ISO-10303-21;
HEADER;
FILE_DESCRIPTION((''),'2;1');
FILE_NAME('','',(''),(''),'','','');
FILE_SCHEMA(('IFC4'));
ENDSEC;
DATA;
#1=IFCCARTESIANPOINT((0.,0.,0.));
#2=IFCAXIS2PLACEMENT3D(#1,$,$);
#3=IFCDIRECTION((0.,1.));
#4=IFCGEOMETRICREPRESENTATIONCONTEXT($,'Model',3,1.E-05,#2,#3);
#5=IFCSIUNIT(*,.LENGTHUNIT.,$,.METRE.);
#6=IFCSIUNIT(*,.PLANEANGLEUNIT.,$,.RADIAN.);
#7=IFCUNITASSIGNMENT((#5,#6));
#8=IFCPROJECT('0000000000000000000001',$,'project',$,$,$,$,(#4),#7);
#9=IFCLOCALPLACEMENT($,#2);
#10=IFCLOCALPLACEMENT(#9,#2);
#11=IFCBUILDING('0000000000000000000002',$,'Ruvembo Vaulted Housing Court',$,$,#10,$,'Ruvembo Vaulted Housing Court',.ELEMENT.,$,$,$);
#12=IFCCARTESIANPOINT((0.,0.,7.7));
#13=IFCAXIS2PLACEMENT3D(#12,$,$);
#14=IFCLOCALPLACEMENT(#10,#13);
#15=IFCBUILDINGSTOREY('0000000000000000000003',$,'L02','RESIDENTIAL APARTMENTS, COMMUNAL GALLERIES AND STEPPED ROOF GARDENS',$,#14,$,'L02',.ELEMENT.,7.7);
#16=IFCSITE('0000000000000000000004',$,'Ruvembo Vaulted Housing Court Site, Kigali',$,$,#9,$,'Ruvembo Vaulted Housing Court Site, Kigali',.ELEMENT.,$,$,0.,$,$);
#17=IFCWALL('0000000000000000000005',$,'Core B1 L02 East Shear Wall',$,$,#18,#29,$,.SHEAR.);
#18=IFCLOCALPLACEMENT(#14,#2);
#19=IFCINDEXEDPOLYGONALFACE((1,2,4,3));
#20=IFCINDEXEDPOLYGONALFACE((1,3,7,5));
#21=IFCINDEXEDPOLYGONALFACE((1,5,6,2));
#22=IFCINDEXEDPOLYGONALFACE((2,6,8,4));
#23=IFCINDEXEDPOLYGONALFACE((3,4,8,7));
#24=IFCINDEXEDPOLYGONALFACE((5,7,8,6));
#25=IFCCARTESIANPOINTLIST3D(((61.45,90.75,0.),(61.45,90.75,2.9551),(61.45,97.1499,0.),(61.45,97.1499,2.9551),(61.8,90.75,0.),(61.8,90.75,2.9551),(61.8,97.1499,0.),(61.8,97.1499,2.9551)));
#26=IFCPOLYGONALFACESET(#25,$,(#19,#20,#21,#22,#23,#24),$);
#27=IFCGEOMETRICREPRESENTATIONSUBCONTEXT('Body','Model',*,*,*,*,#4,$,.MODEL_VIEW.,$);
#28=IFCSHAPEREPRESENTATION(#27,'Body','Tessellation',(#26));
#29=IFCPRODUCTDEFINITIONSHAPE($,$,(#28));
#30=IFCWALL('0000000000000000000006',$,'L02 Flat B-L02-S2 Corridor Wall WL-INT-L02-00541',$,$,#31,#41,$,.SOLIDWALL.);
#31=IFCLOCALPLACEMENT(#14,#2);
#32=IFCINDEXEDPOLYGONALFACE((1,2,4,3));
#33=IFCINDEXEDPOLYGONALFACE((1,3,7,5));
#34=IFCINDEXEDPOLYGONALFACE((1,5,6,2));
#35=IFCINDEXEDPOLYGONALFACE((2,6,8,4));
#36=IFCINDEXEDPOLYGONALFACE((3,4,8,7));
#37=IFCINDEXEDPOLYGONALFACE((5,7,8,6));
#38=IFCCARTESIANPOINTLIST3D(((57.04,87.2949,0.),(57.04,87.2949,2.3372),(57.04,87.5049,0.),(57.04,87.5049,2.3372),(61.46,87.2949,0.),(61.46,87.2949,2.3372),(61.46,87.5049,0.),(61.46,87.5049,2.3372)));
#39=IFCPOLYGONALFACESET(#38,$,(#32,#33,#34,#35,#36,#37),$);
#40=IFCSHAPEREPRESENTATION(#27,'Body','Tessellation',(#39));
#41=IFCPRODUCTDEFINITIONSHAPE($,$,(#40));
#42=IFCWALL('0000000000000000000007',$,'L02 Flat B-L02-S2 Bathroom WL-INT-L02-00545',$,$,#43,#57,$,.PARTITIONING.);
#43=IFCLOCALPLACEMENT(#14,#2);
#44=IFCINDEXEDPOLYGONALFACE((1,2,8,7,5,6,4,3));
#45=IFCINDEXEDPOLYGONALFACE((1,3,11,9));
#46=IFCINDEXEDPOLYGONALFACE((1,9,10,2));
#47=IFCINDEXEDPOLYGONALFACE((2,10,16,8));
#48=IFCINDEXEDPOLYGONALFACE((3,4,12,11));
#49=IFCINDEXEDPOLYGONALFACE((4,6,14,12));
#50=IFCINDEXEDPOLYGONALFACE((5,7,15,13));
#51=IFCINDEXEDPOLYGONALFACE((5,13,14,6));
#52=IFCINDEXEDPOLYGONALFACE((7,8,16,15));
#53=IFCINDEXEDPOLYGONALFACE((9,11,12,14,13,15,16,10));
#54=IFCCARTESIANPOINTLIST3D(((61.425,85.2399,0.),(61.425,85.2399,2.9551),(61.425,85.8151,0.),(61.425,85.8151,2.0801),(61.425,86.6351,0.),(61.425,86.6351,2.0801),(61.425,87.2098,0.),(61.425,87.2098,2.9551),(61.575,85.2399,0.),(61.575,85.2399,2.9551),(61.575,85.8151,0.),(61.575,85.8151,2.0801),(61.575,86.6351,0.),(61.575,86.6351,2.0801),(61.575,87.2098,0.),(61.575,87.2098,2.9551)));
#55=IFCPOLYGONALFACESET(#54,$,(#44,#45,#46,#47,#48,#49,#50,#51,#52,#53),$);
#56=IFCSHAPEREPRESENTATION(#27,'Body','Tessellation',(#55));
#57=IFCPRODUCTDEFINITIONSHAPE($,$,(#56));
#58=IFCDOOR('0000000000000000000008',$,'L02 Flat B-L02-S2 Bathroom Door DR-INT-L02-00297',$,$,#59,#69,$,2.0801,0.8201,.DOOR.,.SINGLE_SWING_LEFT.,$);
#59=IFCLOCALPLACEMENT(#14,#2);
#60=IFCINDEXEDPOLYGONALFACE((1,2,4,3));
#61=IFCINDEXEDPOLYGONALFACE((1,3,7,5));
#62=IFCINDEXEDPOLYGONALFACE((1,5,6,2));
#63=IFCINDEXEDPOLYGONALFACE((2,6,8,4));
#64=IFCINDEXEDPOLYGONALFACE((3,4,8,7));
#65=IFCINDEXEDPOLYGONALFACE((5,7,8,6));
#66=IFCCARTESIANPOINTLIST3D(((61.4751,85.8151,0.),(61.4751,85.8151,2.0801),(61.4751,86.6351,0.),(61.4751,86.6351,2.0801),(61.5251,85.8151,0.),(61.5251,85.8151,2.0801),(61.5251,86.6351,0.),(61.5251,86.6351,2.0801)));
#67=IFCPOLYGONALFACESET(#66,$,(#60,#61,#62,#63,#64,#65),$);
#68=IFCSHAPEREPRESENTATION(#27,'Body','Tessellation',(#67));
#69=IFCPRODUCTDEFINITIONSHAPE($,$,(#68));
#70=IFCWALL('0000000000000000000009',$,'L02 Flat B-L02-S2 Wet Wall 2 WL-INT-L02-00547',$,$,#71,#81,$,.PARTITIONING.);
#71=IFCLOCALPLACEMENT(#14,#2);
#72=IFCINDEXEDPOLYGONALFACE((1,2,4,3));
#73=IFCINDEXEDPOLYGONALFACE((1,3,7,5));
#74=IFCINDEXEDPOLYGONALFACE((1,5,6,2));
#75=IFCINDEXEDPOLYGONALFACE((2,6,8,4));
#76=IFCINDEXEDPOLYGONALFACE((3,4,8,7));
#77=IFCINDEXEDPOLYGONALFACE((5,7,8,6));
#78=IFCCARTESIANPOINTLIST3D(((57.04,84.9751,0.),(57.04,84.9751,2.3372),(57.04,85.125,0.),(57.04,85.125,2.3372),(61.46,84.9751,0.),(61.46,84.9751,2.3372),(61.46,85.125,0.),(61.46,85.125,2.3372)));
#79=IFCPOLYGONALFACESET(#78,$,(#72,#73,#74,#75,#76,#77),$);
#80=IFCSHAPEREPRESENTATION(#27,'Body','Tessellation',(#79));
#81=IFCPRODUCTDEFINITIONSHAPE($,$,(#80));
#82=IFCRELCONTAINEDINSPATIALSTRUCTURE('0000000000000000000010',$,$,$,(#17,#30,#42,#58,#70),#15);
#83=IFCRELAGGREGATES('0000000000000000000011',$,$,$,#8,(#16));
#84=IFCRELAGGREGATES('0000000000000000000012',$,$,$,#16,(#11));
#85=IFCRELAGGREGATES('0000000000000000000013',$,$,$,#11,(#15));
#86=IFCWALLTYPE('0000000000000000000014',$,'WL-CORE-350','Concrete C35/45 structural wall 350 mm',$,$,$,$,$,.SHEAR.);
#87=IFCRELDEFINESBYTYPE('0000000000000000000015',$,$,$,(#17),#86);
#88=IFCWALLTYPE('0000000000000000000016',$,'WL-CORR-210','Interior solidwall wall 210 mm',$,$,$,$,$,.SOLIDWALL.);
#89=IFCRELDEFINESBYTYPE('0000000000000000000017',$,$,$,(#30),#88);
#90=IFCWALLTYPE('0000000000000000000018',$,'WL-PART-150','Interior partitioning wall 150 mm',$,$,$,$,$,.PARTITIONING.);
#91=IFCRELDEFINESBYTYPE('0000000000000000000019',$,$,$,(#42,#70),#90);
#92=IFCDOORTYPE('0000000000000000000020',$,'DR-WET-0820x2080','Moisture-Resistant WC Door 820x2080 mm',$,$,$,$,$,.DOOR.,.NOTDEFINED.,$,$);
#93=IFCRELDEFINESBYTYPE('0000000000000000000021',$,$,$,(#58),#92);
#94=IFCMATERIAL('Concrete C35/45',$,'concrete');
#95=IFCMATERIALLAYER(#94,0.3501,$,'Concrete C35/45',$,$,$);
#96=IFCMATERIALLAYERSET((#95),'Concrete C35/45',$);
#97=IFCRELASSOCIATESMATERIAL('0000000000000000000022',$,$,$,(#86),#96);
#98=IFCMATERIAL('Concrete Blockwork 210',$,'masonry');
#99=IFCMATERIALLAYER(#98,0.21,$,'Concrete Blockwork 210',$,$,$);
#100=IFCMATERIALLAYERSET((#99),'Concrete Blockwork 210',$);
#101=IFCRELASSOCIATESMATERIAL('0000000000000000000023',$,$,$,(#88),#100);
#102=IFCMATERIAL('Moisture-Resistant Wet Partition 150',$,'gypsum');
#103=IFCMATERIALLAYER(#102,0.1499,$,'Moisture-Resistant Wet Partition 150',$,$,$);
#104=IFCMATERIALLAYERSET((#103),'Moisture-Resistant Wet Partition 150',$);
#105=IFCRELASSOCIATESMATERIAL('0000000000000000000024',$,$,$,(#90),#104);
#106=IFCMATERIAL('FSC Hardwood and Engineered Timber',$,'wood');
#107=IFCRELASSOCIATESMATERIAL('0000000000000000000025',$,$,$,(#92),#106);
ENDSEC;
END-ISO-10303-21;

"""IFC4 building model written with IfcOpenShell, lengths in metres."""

from ifc_helpers import new_model, si_unit, direction, frame, frame_2d, origin, place, context, subcontext, project, spatial, rectangle, extrude, material, layer, layer_set, type_object, element, fill, save


model = new_model("IFC4")

# Units and contexts
model_context = context("Model", 3, precision=1e-05, world=origin(), true_north=direction((0.0, 1.0)))
body_context = subcontext(model_context, "Body", "Model", "MODEL_VIEW")
ifc_project = project(units=[si_unit("LENGTHUNIT", "METRE"), si_unit("PLANEANGLEUNIT", "RADIAN")], contexts=[model_context])

# Site, building, storey
site_placement = place(None, origin())
site = spatial("IfcSite", under=ifc_project, at=site_placement, Name="Ruvembo Vaulted Housing Court Site, Kigali", LongName="Ruvembo Vaulted Housing Court Site, Kigali", CompositionType="ELEMENT", RefElevation=0.0)
building_placement = place(site_placement, origin())
building = spatial("IfcBuilding", under=site, at=building_placement, Name="Ruvembo Vaulted Housing Court", LongName="Ruvembo Vaulted Housing Court", CompositionType="ELEMENT")
storey_placement = place(building_placement, frame((0.0, 0.0, 7.7)))
storey = spatial("IfcBuildingStorey", under=building, at=storey_placement, Name="L02", Description="RESIDENTIAL APARTMENTS, COMMUNAL GALLERIES AND STEPPED ROOF GARDENS", LongName="L02", CompositionType="ELEMENT", Elevation=7.7)

# Shared definitions
ifc_material_1 = material(Name="Concrete C35/45", Category="concrete")

# Wall
ifc_layer_1 = layer(ifc_material_1, 0.3501, Name="Concrete C35/45")
ifc_layer_set_1 = layer_set([ifc_layer_1], Name="Concrete C35/45")
wall_type_1 = type_object("IfcWallType", Name="WL-CORE-350", Description="Concrete C35/45 structural wall 350 mm", PredefinedType="SHEAR", material=ifc_layer_set_1)
wall_1_placement = place(storey_placement, frame((61.625, 90.75, 0.0), z_axis=(0.0, 0.0, 1.0), x_axis=(0.0, 1.0, 0.0)))
element("IfcWall", 1, at=wall_1_placement, inside=storey, type_object=wall_type_1, Name="Core B1 L02 East Shear Wall", PredefinedType="SHEAR", context=body_context, shape_type="SweptSolid", body=[
    extrude(rectangle(XDim=6.3999, YDim=0.3501, at=frame_2d((3.2, 0.0))), origin(), (0.0, 0.0, 1.0), 2.9551),
])

# Wall
ifc_material_2 = material(Name="Concrete Blockwork 210", Category="masonry")
ifc_layer_2 = layer(ifc_material_2, 0.21, Name="Concrete Blockwork 210")
ifc_layer_set_2 = layer_set([ifc_layer_2], Name="Concrete Blockwork 210")
wall_type_2 = type_object("IfcWallType", Name="WL-CORR-210", Description="Interior solidwall wall 210 mm", PredefinedType="SOLIDWALL", material=ifc_layer_set_2)
wall_2_placement = place(storey_placement, frame((57.04, 87.3999, 0.0), z_axis=(0.0, 0.0, 1.0), x_axis=(1.0, 0.0, 0.0)))
element("IfcWall", 2, at=wall_2_placement, inside=storey, type_object=wall_type_2, Name="L02 Flat B-L02-S2 Corridor Wall WL-INT-L02-00541", PredefinedType="SOLIDWALL", context=body_context, shape_type="SweptSolid", body=[
    extrude(rectangle(XDim=4.4199, YDim=0.21, at=frame_2d((2.21, 0.0))), origin(), (0.0, 0.0, 1.0), 2.3372),
])

# Wall, opening, door
ifc_material_3 = material(Name="FSC Hardwood and Engineered Timber", Category="wood")
ifc_material_4 = material(Name="Moisture-Resistant Wet Partition 150", Category="gypsum")
ifc_layer_3 = layer(ifc_material_4, 0.1499, Name="Moisture-Resistant Wet Partition 150")
ifc_layer_set_3 = layer_set([ifc_layer_3], Name="Moisture-Resistant Wet Partition 150")
wall_type_3 = type_object("IfcWallType", Name="WL-PART-150", Description="Interior partitioning wall 150 mm", PredefinedType="PARTITIONING", material=ifc_layer_set_3)
wall_3_placement = place(storey_placement, frame((61.5, 85.24, 0.0), z_axis=(0.0, 0.0, 1.0), x_axis=(0.0, 1.0, 0.0)))
wall_3 = element("IfcWall", 3, at=wall_3_placement, inside=storey, type_object=wall_type_3, Name="L02 Flat B-L02-S2 Bathroom WL-INT-L02-00545", PredefinedType="PARTITIONING", context=body_context, shape_type="SweptSolid", body=[
    extrude(rectangle(XDim=1.97, YDim=0.1499, at=frame_2d((0.9849, 0.0))), origin(), (0.0, 0.0, 1.0), 2.9551),
])
opening_1_placement = place(wall_3_placement, frame((0.575, 0.0, 0.0)))
opening_1 = element("IfcOpeningElement", 4, at=opening_1_placement, cuts=wall_3, PredefinedType="OPENING", context=body_context, shape_type="SweptSolid", body=[
    extrude(rectangle(XDim=0.8201, YDim=2.0801, at=frame_2d((0.4102, 1.04))), frame((0.0, 0.085, 0.0), z_axis=(0.0, -1.0, 0.0), x_axis=(1.0, 0.0, 0.0)), (0.0, 0.0, 1.0), 0.1699),
])
door_type_1 = type_object("IfcDoorType", Name="DR-WET-0820x2080", Description="Moisture-Resistant WC Door 820x2080 mm", OperationType="NOTDEFINED", PredefinedType="DOOR", material=ifc_material_3)
door_1_placement = place(opening_1_placement, origin())
door_1 = element("IfcDoor", 5, at=door_1_placement, inside=storey, type_object=door_type_1, Name="L02 Flat B-L02-S2 Bathroom Door DR-INT-L02-00297", OperationType="SINGLE_SWING_LEFT", OverallHeight=2.0801, OverallWidth=0.8201, PredefinedType="DOOR", context=body_context, shape_type="SweptSolid", body=[
    extrude(rectangle(XDim=0.8201, YDim=2.0801, at=frame_2d((0.4102, 1.04))), frame((0.0, 0.0249, 0.0), z_axis=(0.0, -1.0, 0.0), x_axis=(1.0, 0.0, 0.0)), (0.0, 0.0, 1.0), 0.05),
])
fill(opening_1, door_1)

# Wall
wall_4_placement = place(storey_placement, frame((57.04, 85.05, 0.0), z_axis=(0.0, 0.0, 1.0), x_axis=(1.0, 0.0, 0.0)))
element("IfcWall", 6, at=wall_4_placement, inside=storey, type_object=wall_type_3, Name="L02 Flat B-L02-S2 Wet Wall 2 WL-INT-L02-00547", PredefinedType="PARTITIONING", context=body_context, shape_type="SweptSolid", body=[
    extrude(rectangle(XDim=4.4199, YDim=0.1499, at=frame_2d((2.21, 0.0))), origin(), (0.0, 0.0, 1.0), 2.3372),
])

save(model, "model.ifc")
